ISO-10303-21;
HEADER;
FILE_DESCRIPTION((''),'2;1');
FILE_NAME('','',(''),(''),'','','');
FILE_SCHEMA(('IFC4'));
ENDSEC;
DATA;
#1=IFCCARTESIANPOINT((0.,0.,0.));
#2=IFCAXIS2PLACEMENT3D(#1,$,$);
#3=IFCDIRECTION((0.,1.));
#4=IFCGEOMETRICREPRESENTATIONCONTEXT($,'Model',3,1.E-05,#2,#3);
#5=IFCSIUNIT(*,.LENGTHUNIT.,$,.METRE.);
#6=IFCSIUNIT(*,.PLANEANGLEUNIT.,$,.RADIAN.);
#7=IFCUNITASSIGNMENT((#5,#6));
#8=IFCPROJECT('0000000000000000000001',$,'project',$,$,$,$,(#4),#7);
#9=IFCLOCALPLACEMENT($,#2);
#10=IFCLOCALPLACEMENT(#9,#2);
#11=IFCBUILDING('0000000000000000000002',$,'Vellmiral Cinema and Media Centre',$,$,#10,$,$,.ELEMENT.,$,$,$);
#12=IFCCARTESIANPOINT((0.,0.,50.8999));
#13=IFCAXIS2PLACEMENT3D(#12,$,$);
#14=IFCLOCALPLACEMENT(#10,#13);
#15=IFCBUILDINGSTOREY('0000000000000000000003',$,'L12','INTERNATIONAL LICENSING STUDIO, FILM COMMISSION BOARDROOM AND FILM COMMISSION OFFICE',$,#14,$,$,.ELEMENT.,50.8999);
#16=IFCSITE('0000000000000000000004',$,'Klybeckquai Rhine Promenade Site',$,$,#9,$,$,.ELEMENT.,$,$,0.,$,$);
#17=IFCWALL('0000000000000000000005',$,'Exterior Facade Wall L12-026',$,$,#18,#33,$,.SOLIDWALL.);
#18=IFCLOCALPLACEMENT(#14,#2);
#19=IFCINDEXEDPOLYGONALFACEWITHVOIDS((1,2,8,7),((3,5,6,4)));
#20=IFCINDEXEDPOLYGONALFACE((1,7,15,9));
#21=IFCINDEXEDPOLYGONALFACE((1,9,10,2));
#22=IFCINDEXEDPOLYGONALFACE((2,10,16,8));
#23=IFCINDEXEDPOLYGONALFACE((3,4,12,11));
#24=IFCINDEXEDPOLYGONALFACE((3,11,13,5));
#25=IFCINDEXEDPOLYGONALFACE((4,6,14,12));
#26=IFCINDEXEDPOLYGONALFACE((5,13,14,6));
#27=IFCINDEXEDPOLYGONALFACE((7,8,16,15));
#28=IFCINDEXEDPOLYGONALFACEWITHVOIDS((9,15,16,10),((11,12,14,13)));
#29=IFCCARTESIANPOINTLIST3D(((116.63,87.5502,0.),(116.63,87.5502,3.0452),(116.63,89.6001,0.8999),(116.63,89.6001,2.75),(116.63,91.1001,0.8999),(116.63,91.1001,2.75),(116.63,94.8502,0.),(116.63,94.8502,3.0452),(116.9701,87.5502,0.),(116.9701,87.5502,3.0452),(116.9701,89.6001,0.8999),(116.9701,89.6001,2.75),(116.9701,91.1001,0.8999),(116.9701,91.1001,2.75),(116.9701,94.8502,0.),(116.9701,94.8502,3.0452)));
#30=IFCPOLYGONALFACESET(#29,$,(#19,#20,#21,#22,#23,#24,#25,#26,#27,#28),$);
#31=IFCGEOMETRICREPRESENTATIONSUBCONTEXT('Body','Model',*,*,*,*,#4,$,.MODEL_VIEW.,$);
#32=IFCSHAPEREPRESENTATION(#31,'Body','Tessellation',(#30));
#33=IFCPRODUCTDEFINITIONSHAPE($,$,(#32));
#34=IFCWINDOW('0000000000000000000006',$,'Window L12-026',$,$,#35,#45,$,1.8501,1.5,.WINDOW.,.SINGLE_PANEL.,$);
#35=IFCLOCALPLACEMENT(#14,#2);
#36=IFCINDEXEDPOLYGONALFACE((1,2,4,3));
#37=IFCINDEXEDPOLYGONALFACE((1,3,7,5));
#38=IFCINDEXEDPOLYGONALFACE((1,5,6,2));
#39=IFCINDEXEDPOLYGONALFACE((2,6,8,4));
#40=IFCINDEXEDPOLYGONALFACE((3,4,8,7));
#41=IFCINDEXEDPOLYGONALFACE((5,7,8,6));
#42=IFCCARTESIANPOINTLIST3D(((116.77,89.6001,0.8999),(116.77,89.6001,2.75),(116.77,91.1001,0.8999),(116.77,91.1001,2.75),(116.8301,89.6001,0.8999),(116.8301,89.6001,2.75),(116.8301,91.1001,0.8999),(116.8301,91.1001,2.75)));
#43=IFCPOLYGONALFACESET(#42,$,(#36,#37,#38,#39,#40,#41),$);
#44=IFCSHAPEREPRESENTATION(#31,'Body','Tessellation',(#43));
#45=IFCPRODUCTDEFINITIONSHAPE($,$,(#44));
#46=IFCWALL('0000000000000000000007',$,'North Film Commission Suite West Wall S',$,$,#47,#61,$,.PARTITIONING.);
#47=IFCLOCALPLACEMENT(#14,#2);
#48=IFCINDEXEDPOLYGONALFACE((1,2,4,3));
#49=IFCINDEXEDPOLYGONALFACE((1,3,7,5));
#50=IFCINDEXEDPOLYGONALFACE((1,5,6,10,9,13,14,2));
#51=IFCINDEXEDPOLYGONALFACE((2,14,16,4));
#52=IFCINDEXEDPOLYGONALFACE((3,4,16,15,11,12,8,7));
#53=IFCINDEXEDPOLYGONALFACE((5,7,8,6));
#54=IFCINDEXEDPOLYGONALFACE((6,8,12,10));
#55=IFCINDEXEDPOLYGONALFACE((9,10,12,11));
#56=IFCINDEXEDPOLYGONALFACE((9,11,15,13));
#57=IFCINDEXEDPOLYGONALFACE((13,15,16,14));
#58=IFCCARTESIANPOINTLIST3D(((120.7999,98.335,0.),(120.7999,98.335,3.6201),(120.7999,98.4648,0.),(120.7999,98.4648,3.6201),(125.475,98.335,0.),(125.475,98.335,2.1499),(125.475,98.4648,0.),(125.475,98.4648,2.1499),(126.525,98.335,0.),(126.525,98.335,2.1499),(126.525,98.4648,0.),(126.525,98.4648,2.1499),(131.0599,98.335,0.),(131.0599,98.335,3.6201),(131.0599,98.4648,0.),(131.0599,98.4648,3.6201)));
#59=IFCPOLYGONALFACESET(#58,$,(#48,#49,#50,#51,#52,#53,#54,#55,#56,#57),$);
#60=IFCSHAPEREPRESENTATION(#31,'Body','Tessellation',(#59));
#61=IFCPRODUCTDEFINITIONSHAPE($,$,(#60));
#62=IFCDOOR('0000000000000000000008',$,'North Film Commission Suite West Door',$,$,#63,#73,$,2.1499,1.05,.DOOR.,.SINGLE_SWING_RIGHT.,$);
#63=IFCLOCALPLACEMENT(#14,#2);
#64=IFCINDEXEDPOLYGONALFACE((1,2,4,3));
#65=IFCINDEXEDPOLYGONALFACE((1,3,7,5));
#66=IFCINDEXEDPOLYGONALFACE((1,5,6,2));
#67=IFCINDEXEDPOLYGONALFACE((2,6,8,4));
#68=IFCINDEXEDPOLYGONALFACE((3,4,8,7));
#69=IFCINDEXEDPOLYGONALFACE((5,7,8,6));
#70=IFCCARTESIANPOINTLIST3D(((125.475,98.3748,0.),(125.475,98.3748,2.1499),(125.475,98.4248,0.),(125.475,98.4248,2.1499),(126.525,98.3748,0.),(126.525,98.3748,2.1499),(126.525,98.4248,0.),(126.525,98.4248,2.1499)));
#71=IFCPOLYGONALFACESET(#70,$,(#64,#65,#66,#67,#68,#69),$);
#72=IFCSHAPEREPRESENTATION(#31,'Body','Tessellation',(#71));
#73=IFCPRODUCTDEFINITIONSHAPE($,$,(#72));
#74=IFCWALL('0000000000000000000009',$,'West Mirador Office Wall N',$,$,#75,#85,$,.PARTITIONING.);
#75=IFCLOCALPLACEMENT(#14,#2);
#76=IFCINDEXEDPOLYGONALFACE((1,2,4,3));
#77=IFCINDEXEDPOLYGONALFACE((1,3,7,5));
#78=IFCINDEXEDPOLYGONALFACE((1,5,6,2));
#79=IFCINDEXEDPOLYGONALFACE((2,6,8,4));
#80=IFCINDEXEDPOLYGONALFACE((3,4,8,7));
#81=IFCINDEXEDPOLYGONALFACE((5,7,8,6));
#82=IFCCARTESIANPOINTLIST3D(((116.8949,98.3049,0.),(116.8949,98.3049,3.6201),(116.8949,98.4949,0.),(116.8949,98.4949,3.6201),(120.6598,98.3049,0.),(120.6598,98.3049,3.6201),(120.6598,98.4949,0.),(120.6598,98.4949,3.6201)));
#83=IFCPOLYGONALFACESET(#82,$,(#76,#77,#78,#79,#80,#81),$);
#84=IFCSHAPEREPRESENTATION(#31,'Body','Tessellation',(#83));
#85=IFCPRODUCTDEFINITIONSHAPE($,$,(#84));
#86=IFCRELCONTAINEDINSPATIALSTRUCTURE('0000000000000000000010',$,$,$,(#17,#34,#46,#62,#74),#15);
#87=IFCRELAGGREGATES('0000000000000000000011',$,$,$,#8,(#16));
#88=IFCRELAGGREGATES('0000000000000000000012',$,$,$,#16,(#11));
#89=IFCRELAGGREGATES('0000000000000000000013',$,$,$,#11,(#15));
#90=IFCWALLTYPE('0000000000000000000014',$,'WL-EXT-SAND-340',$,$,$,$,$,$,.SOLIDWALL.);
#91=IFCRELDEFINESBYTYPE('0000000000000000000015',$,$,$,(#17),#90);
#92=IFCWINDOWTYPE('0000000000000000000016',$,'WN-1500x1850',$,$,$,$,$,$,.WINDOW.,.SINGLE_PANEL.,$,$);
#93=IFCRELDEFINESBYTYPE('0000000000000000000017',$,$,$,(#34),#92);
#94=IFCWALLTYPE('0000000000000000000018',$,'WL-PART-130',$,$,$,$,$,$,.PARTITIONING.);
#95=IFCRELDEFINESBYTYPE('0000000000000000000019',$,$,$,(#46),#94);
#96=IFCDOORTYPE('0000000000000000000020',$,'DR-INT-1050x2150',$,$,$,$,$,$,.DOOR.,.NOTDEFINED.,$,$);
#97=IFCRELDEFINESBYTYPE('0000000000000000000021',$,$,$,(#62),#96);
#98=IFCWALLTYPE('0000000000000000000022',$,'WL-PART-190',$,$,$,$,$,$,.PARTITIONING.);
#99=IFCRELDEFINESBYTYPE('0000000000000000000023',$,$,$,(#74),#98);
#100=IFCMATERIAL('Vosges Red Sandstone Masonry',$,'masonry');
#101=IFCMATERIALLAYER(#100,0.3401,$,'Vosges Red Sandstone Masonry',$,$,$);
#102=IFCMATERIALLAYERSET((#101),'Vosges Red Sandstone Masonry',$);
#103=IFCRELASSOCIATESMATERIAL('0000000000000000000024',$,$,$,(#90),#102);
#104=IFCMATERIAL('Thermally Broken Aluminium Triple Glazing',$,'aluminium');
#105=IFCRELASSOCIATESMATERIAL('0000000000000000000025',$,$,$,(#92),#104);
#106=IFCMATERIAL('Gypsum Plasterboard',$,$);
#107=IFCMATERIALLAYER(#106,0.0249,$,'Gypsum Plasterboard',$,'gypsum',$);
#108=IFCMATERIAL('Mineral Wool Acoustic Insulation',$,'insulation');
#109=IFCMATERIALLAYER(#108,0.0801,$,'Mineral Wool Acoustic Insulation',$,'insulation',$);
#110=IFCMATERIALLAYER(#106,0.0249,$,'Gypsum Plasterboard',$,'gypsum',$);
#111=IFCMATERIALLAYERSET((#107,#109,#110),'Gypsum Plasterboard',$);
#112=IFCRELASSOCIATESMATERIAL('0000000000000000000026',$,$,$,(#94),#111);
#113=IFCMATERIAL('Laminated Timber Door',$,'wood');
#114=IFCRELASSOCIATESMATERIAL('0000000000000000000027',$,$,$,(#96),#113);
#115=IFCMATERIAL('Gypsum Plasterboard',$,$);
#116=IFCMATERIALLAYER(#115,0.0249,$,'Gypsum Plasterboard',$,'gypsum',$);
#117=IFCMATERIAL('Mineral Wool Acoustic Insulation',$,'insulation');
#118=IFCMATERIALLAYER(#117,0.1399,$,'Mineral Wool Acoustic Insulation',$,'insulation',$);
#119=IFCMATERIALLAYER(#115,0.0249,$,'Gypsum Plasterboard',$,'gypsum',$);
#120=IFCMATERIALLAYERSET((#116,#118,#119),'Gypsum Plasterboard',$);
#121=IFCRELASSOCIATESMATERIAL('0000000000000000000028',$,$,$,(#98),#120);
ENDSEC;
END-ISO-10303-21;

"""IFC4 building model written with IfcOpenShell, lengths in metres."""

from ifc_helpers import new_model, si_unit, direction, frame, frame_2d, origin, place, context, subcontext, project, spatial, rectangle, extrude, material, layer, layer_set, type_object, element, fill, save


model = new_model("IFC4")

# Units and contexts
model_context = context("Model", 3, precision=1e-05, world=origin(), true_north=direction((0.0, 1.0)))
body_context = subcontext(model_context, "Body", "Model", "MODEL_VIEW")
ifc_project = project(units=[si_unit("LENGTHUNIT", "METRE"), si_unit("PLANEANGLEUNIT", "RADIAN")], contexts=[model_context])

# Site, building, storey
site_placement = place(None, origin())
site = spatial("IfcSite", under=ifc_project, at=site_placement, Name="Klybeckquai Rhine Promenade Site", CompositionType="ELEMENT", RefElevation=0.0)
building_placement = place(site_placement, origin())
building = spatial("IfcBuilding", under=site, at=building_placement, Name="Vellmiral Cinema and Media Centre", CompositionType="ELEMENT")
storey_placement = place(building_placement, frame((0.0, 0.0, 50.8999)))
storey = spatial("IfcBuildingStorey", under=building, at=storey_placement, Name="L12", Description="INTERNATIONAL LICENSING STUDIO, FILM COMMISSION BOARDROOM AND FILM COMMISSION OFFICE", CompositionType="ELEMENT", Elevation=50.8999)

# Wall, opening, window
ifc_material_1 = material(Name="Vosges Red Sandstone Masonry", Category="masonry")
ifc_layer_1 = layer(ifc_material_1, 0.3401, Name="Vosges Red Sandstone Masonry")
ifc_layer_set_1 = layer_set([ifc_layer_1], Name="Vosges Red Sandstone Masonry")
wall_type_1 = type_object("IfcWallType", Name="WL-EXT-SAND-340", PredefinedType="SOLIDWALL", material=ifc_layer_set_1)
wall_1_placement = place(storey_placement, frame((116.8, 94.8501, 0.0), z_axis=(0.0, 0.0, 1.0), x_axis=(0.0, -1.0, 0.0)))
wall_1 = element("IfcWall", 1, at=wall_1_placement, inside=storey, type_object=wall_type_1, Name="Exterior Facade Wall L12-026", PredefinedType="SOLIDWALL", context=body_context, shape_type="SweptSolid", body=[
    extrude(rectangle(XDim=7.3, YDim=0.3401, at=frame_2d((3.6499, 0.0))), origin(), (0.0, 0.0, 1.0), 3.0452),
])
opening_1_placement = place(wall_1_placement, frame((3.75, 0.0, 0.8999)))
opening_1 = element("IfcOpeningElement", 2, at=opening_1_placement, cuts=wall_1, PredefinedType="OPENING", context=body_context, shape_type="SweptSolid", body=[
    extrude(rectangle(XDim=1.5, YDim=1.8501, at=frame_2d((0.75, 0.925))), frame((0.0, 0.1821, 0.0), z_axis=(0.0, -1.0, 0.0), x_axis=(1.0, 0.0, 0.0)), (0.0, 0.0, 1.0), 0.364),
])
ifc_material_2 = material(Name="Thermally Broken Aluminium Triple Glazing", Category="aluminium")
window_type_1 = type_object("IfcWindowType", Name="WN-1500x1850", PartitioningType="SINGLE_PANEL", PredefinedType="WINDOW", material=ifc_material_2)
window_1_placement = place(opening_1_placement, origin())
window_1 = element("IfcWindow", 3, at=window_1_placement, inside=storey, type_object=window_type_1, Name="Window L12-026", OverallHeight=1.8501, OverallWidth=1.5, PartitioningType="SINGLE_PANEL", PredefinedType="WINDOW", context=body_context, shape_type="SweptSolid", body=[
    extrude(rectangle(XDim=1.5, YDim=1.8501, at=frame_2d((0.75, 0.925))), frame((0.0, 0.03, 0.0), z_axis=(0.0, -1.0, 0.0), x_axis=(1.0, 0.0, 0.0)), (0.0, 0.0, 1.0), 0.0601),
])
fill(opening_1, window_1)

# Wall, opening, door
ifc_material_3 = material(Name="Gypsum Plasterboard")
ifc_layer_2 = layer(ifc_material_3, 0.0249, Name="Gypsum Plasterboard", Category="gypsum")
ifc_material_4 = material(Name="Mineral Wool Acoustic Insulation", Category="insulation")
ifc_layer_3 = layer(ifc_material_4, 0.0801, Name="Mineral Wool Acoustic Insulation", Category="insulation")
ifc_layer_4 = layer(ifc_material_3, 0.0249, Name="Gypsum Plasterboard", Category="gypsum")
ifc_layer_set_2 = layer_set([ifc_layer_2, ifc_layer_3, ifc_layer_4], Name="Gypsum Plasterboard")
wall_type_2 = type_object("IfcWallType", Name="WL-PART-130", PredefinedType="PARTITIONING", material=ifc_layer_set_2)
wall_2_placement = place(storey_placement, frame((120.8, 98.3999, 0.0), z_axis=(0.0, 0.0, 1.0), x_axis=(1.0, 0.0, 0.0)))
wall_2 = element("IfcWall", 4, at=wall_2_placement, inside=storey, type_object=wall_type_2, Name="North Film Commission Suite West Wall S", PredefinedType="PARTITIONING", context=body_context, shape_type="SweptSolid", body=[
    extrude(rectangle(XDim=10.26, YDim=0.1299, at=frame_2d((5.1299, 0.0))), origin(), (0.0, 0.0, 1.0), 3.6201),
])
opening_2_placement = place(wall_2_placement, frame((4.675, 0.0, 0.0)))
opening_2 = element("IfcOpeningElement", 5, at=opening_2_placement, cuts=wall_2, PredefinedType="OPENING", context=body_context, shape_type="SweptSolid", body=[
    extrude(rectangle(XDim=1.05, YDim=2.1499, at=frame_2d((0.5249, 1.075))), frame((0.0, 0.0769, 0.0), z_axis=(0.0, -1.0, 0.0), x_axis=(1.0, 0.0, 0.0)), (0.0, 0.0, 1.0), 0.1538),
])
ifc_material_5 = material(Name="Laminated Timber Door", Category="wood")
door_type = type_object("IfcDoorType", Name="DR-INT-1050x2150", OperationType="NOTDEFINED", PredefinedType="DOOR", material=ifc_material_5)
door_placement = place(opening_2_placement, origin())
door = element("IfcDoor", 6, at=door_placement, inside=storey, type_object=door_type, Name="North Film Commission Suite West Door", OperationType="SINGLE_SWING_RIGHT", OverallHeight=2.1499, OverallWidth=1.05, PredefinedType="DOOR", context=body_context, shape_type="SweptSolid", body=[
    extrude(rectangle(XDim=1.05, YDim=2.1499, at=frame_2d((0.5249, 1.075))), frame((0.0, 0.0249, 0.0), z_axis=(0.0, -1.0, 0.0), x_axis=(1.0, 0.0, 0.0)), (0.0, 0.0, 1.0), 0.05),
])
fill(opening_2, door)

# Wall
ifc_material_6 = material(Name="Gypsum Plasterboard")
ifc_layer_5 = layer(ifc_material_6, 0.0249, Name="Gypsum Plasterboard", Category="gypsum")
ifc_material_7 = material(Name="Mineral Wool Acoustic Insulation", Category="insulation")
ifc_layer_6 = layer(ifc_material_7, 0.1399, Name="Mineral Wool Acoustic Insulation", Category="insulation")
ifc_layer_7 = layer(ifc_material_6, 0.0249, Name="Gypsum Plasterboard", Category="gypsum")
ifc_layer_set_3 = layer_set([ifc_layer_5, ifc_layer_6, ifc_layer_7], Name="Gypsum Plasterboard")
wall_type_3 = type_object("IfcWallType", Name="WL-PART-190", PredefinedType="PARTITIONING", material=ifc_layer_set_3)
wall_3_placement = place(storey_placement, frame((116.895, 98.3999, 0.0), z_axis=(0.0, 0.0, 1.0), x_axis=(1.0, 0.0, 0.0)))
element("IfcWall", 7, at=wall_3_placement, inside=storey, type_object=wall_type_3, Name="West Mirador Office Wall N", PredefinedType="PARTITIONING", context=body_context, shape_type="SweptSolid", body=[
    extrude(rectangle(XDim=3.7649, YDim=0.1899, at=frame_2d((1.8823, 0.0))), origin(), (0.0, 0.0, 1.0), 3.6201),
])

save(model, "model.ifc")
